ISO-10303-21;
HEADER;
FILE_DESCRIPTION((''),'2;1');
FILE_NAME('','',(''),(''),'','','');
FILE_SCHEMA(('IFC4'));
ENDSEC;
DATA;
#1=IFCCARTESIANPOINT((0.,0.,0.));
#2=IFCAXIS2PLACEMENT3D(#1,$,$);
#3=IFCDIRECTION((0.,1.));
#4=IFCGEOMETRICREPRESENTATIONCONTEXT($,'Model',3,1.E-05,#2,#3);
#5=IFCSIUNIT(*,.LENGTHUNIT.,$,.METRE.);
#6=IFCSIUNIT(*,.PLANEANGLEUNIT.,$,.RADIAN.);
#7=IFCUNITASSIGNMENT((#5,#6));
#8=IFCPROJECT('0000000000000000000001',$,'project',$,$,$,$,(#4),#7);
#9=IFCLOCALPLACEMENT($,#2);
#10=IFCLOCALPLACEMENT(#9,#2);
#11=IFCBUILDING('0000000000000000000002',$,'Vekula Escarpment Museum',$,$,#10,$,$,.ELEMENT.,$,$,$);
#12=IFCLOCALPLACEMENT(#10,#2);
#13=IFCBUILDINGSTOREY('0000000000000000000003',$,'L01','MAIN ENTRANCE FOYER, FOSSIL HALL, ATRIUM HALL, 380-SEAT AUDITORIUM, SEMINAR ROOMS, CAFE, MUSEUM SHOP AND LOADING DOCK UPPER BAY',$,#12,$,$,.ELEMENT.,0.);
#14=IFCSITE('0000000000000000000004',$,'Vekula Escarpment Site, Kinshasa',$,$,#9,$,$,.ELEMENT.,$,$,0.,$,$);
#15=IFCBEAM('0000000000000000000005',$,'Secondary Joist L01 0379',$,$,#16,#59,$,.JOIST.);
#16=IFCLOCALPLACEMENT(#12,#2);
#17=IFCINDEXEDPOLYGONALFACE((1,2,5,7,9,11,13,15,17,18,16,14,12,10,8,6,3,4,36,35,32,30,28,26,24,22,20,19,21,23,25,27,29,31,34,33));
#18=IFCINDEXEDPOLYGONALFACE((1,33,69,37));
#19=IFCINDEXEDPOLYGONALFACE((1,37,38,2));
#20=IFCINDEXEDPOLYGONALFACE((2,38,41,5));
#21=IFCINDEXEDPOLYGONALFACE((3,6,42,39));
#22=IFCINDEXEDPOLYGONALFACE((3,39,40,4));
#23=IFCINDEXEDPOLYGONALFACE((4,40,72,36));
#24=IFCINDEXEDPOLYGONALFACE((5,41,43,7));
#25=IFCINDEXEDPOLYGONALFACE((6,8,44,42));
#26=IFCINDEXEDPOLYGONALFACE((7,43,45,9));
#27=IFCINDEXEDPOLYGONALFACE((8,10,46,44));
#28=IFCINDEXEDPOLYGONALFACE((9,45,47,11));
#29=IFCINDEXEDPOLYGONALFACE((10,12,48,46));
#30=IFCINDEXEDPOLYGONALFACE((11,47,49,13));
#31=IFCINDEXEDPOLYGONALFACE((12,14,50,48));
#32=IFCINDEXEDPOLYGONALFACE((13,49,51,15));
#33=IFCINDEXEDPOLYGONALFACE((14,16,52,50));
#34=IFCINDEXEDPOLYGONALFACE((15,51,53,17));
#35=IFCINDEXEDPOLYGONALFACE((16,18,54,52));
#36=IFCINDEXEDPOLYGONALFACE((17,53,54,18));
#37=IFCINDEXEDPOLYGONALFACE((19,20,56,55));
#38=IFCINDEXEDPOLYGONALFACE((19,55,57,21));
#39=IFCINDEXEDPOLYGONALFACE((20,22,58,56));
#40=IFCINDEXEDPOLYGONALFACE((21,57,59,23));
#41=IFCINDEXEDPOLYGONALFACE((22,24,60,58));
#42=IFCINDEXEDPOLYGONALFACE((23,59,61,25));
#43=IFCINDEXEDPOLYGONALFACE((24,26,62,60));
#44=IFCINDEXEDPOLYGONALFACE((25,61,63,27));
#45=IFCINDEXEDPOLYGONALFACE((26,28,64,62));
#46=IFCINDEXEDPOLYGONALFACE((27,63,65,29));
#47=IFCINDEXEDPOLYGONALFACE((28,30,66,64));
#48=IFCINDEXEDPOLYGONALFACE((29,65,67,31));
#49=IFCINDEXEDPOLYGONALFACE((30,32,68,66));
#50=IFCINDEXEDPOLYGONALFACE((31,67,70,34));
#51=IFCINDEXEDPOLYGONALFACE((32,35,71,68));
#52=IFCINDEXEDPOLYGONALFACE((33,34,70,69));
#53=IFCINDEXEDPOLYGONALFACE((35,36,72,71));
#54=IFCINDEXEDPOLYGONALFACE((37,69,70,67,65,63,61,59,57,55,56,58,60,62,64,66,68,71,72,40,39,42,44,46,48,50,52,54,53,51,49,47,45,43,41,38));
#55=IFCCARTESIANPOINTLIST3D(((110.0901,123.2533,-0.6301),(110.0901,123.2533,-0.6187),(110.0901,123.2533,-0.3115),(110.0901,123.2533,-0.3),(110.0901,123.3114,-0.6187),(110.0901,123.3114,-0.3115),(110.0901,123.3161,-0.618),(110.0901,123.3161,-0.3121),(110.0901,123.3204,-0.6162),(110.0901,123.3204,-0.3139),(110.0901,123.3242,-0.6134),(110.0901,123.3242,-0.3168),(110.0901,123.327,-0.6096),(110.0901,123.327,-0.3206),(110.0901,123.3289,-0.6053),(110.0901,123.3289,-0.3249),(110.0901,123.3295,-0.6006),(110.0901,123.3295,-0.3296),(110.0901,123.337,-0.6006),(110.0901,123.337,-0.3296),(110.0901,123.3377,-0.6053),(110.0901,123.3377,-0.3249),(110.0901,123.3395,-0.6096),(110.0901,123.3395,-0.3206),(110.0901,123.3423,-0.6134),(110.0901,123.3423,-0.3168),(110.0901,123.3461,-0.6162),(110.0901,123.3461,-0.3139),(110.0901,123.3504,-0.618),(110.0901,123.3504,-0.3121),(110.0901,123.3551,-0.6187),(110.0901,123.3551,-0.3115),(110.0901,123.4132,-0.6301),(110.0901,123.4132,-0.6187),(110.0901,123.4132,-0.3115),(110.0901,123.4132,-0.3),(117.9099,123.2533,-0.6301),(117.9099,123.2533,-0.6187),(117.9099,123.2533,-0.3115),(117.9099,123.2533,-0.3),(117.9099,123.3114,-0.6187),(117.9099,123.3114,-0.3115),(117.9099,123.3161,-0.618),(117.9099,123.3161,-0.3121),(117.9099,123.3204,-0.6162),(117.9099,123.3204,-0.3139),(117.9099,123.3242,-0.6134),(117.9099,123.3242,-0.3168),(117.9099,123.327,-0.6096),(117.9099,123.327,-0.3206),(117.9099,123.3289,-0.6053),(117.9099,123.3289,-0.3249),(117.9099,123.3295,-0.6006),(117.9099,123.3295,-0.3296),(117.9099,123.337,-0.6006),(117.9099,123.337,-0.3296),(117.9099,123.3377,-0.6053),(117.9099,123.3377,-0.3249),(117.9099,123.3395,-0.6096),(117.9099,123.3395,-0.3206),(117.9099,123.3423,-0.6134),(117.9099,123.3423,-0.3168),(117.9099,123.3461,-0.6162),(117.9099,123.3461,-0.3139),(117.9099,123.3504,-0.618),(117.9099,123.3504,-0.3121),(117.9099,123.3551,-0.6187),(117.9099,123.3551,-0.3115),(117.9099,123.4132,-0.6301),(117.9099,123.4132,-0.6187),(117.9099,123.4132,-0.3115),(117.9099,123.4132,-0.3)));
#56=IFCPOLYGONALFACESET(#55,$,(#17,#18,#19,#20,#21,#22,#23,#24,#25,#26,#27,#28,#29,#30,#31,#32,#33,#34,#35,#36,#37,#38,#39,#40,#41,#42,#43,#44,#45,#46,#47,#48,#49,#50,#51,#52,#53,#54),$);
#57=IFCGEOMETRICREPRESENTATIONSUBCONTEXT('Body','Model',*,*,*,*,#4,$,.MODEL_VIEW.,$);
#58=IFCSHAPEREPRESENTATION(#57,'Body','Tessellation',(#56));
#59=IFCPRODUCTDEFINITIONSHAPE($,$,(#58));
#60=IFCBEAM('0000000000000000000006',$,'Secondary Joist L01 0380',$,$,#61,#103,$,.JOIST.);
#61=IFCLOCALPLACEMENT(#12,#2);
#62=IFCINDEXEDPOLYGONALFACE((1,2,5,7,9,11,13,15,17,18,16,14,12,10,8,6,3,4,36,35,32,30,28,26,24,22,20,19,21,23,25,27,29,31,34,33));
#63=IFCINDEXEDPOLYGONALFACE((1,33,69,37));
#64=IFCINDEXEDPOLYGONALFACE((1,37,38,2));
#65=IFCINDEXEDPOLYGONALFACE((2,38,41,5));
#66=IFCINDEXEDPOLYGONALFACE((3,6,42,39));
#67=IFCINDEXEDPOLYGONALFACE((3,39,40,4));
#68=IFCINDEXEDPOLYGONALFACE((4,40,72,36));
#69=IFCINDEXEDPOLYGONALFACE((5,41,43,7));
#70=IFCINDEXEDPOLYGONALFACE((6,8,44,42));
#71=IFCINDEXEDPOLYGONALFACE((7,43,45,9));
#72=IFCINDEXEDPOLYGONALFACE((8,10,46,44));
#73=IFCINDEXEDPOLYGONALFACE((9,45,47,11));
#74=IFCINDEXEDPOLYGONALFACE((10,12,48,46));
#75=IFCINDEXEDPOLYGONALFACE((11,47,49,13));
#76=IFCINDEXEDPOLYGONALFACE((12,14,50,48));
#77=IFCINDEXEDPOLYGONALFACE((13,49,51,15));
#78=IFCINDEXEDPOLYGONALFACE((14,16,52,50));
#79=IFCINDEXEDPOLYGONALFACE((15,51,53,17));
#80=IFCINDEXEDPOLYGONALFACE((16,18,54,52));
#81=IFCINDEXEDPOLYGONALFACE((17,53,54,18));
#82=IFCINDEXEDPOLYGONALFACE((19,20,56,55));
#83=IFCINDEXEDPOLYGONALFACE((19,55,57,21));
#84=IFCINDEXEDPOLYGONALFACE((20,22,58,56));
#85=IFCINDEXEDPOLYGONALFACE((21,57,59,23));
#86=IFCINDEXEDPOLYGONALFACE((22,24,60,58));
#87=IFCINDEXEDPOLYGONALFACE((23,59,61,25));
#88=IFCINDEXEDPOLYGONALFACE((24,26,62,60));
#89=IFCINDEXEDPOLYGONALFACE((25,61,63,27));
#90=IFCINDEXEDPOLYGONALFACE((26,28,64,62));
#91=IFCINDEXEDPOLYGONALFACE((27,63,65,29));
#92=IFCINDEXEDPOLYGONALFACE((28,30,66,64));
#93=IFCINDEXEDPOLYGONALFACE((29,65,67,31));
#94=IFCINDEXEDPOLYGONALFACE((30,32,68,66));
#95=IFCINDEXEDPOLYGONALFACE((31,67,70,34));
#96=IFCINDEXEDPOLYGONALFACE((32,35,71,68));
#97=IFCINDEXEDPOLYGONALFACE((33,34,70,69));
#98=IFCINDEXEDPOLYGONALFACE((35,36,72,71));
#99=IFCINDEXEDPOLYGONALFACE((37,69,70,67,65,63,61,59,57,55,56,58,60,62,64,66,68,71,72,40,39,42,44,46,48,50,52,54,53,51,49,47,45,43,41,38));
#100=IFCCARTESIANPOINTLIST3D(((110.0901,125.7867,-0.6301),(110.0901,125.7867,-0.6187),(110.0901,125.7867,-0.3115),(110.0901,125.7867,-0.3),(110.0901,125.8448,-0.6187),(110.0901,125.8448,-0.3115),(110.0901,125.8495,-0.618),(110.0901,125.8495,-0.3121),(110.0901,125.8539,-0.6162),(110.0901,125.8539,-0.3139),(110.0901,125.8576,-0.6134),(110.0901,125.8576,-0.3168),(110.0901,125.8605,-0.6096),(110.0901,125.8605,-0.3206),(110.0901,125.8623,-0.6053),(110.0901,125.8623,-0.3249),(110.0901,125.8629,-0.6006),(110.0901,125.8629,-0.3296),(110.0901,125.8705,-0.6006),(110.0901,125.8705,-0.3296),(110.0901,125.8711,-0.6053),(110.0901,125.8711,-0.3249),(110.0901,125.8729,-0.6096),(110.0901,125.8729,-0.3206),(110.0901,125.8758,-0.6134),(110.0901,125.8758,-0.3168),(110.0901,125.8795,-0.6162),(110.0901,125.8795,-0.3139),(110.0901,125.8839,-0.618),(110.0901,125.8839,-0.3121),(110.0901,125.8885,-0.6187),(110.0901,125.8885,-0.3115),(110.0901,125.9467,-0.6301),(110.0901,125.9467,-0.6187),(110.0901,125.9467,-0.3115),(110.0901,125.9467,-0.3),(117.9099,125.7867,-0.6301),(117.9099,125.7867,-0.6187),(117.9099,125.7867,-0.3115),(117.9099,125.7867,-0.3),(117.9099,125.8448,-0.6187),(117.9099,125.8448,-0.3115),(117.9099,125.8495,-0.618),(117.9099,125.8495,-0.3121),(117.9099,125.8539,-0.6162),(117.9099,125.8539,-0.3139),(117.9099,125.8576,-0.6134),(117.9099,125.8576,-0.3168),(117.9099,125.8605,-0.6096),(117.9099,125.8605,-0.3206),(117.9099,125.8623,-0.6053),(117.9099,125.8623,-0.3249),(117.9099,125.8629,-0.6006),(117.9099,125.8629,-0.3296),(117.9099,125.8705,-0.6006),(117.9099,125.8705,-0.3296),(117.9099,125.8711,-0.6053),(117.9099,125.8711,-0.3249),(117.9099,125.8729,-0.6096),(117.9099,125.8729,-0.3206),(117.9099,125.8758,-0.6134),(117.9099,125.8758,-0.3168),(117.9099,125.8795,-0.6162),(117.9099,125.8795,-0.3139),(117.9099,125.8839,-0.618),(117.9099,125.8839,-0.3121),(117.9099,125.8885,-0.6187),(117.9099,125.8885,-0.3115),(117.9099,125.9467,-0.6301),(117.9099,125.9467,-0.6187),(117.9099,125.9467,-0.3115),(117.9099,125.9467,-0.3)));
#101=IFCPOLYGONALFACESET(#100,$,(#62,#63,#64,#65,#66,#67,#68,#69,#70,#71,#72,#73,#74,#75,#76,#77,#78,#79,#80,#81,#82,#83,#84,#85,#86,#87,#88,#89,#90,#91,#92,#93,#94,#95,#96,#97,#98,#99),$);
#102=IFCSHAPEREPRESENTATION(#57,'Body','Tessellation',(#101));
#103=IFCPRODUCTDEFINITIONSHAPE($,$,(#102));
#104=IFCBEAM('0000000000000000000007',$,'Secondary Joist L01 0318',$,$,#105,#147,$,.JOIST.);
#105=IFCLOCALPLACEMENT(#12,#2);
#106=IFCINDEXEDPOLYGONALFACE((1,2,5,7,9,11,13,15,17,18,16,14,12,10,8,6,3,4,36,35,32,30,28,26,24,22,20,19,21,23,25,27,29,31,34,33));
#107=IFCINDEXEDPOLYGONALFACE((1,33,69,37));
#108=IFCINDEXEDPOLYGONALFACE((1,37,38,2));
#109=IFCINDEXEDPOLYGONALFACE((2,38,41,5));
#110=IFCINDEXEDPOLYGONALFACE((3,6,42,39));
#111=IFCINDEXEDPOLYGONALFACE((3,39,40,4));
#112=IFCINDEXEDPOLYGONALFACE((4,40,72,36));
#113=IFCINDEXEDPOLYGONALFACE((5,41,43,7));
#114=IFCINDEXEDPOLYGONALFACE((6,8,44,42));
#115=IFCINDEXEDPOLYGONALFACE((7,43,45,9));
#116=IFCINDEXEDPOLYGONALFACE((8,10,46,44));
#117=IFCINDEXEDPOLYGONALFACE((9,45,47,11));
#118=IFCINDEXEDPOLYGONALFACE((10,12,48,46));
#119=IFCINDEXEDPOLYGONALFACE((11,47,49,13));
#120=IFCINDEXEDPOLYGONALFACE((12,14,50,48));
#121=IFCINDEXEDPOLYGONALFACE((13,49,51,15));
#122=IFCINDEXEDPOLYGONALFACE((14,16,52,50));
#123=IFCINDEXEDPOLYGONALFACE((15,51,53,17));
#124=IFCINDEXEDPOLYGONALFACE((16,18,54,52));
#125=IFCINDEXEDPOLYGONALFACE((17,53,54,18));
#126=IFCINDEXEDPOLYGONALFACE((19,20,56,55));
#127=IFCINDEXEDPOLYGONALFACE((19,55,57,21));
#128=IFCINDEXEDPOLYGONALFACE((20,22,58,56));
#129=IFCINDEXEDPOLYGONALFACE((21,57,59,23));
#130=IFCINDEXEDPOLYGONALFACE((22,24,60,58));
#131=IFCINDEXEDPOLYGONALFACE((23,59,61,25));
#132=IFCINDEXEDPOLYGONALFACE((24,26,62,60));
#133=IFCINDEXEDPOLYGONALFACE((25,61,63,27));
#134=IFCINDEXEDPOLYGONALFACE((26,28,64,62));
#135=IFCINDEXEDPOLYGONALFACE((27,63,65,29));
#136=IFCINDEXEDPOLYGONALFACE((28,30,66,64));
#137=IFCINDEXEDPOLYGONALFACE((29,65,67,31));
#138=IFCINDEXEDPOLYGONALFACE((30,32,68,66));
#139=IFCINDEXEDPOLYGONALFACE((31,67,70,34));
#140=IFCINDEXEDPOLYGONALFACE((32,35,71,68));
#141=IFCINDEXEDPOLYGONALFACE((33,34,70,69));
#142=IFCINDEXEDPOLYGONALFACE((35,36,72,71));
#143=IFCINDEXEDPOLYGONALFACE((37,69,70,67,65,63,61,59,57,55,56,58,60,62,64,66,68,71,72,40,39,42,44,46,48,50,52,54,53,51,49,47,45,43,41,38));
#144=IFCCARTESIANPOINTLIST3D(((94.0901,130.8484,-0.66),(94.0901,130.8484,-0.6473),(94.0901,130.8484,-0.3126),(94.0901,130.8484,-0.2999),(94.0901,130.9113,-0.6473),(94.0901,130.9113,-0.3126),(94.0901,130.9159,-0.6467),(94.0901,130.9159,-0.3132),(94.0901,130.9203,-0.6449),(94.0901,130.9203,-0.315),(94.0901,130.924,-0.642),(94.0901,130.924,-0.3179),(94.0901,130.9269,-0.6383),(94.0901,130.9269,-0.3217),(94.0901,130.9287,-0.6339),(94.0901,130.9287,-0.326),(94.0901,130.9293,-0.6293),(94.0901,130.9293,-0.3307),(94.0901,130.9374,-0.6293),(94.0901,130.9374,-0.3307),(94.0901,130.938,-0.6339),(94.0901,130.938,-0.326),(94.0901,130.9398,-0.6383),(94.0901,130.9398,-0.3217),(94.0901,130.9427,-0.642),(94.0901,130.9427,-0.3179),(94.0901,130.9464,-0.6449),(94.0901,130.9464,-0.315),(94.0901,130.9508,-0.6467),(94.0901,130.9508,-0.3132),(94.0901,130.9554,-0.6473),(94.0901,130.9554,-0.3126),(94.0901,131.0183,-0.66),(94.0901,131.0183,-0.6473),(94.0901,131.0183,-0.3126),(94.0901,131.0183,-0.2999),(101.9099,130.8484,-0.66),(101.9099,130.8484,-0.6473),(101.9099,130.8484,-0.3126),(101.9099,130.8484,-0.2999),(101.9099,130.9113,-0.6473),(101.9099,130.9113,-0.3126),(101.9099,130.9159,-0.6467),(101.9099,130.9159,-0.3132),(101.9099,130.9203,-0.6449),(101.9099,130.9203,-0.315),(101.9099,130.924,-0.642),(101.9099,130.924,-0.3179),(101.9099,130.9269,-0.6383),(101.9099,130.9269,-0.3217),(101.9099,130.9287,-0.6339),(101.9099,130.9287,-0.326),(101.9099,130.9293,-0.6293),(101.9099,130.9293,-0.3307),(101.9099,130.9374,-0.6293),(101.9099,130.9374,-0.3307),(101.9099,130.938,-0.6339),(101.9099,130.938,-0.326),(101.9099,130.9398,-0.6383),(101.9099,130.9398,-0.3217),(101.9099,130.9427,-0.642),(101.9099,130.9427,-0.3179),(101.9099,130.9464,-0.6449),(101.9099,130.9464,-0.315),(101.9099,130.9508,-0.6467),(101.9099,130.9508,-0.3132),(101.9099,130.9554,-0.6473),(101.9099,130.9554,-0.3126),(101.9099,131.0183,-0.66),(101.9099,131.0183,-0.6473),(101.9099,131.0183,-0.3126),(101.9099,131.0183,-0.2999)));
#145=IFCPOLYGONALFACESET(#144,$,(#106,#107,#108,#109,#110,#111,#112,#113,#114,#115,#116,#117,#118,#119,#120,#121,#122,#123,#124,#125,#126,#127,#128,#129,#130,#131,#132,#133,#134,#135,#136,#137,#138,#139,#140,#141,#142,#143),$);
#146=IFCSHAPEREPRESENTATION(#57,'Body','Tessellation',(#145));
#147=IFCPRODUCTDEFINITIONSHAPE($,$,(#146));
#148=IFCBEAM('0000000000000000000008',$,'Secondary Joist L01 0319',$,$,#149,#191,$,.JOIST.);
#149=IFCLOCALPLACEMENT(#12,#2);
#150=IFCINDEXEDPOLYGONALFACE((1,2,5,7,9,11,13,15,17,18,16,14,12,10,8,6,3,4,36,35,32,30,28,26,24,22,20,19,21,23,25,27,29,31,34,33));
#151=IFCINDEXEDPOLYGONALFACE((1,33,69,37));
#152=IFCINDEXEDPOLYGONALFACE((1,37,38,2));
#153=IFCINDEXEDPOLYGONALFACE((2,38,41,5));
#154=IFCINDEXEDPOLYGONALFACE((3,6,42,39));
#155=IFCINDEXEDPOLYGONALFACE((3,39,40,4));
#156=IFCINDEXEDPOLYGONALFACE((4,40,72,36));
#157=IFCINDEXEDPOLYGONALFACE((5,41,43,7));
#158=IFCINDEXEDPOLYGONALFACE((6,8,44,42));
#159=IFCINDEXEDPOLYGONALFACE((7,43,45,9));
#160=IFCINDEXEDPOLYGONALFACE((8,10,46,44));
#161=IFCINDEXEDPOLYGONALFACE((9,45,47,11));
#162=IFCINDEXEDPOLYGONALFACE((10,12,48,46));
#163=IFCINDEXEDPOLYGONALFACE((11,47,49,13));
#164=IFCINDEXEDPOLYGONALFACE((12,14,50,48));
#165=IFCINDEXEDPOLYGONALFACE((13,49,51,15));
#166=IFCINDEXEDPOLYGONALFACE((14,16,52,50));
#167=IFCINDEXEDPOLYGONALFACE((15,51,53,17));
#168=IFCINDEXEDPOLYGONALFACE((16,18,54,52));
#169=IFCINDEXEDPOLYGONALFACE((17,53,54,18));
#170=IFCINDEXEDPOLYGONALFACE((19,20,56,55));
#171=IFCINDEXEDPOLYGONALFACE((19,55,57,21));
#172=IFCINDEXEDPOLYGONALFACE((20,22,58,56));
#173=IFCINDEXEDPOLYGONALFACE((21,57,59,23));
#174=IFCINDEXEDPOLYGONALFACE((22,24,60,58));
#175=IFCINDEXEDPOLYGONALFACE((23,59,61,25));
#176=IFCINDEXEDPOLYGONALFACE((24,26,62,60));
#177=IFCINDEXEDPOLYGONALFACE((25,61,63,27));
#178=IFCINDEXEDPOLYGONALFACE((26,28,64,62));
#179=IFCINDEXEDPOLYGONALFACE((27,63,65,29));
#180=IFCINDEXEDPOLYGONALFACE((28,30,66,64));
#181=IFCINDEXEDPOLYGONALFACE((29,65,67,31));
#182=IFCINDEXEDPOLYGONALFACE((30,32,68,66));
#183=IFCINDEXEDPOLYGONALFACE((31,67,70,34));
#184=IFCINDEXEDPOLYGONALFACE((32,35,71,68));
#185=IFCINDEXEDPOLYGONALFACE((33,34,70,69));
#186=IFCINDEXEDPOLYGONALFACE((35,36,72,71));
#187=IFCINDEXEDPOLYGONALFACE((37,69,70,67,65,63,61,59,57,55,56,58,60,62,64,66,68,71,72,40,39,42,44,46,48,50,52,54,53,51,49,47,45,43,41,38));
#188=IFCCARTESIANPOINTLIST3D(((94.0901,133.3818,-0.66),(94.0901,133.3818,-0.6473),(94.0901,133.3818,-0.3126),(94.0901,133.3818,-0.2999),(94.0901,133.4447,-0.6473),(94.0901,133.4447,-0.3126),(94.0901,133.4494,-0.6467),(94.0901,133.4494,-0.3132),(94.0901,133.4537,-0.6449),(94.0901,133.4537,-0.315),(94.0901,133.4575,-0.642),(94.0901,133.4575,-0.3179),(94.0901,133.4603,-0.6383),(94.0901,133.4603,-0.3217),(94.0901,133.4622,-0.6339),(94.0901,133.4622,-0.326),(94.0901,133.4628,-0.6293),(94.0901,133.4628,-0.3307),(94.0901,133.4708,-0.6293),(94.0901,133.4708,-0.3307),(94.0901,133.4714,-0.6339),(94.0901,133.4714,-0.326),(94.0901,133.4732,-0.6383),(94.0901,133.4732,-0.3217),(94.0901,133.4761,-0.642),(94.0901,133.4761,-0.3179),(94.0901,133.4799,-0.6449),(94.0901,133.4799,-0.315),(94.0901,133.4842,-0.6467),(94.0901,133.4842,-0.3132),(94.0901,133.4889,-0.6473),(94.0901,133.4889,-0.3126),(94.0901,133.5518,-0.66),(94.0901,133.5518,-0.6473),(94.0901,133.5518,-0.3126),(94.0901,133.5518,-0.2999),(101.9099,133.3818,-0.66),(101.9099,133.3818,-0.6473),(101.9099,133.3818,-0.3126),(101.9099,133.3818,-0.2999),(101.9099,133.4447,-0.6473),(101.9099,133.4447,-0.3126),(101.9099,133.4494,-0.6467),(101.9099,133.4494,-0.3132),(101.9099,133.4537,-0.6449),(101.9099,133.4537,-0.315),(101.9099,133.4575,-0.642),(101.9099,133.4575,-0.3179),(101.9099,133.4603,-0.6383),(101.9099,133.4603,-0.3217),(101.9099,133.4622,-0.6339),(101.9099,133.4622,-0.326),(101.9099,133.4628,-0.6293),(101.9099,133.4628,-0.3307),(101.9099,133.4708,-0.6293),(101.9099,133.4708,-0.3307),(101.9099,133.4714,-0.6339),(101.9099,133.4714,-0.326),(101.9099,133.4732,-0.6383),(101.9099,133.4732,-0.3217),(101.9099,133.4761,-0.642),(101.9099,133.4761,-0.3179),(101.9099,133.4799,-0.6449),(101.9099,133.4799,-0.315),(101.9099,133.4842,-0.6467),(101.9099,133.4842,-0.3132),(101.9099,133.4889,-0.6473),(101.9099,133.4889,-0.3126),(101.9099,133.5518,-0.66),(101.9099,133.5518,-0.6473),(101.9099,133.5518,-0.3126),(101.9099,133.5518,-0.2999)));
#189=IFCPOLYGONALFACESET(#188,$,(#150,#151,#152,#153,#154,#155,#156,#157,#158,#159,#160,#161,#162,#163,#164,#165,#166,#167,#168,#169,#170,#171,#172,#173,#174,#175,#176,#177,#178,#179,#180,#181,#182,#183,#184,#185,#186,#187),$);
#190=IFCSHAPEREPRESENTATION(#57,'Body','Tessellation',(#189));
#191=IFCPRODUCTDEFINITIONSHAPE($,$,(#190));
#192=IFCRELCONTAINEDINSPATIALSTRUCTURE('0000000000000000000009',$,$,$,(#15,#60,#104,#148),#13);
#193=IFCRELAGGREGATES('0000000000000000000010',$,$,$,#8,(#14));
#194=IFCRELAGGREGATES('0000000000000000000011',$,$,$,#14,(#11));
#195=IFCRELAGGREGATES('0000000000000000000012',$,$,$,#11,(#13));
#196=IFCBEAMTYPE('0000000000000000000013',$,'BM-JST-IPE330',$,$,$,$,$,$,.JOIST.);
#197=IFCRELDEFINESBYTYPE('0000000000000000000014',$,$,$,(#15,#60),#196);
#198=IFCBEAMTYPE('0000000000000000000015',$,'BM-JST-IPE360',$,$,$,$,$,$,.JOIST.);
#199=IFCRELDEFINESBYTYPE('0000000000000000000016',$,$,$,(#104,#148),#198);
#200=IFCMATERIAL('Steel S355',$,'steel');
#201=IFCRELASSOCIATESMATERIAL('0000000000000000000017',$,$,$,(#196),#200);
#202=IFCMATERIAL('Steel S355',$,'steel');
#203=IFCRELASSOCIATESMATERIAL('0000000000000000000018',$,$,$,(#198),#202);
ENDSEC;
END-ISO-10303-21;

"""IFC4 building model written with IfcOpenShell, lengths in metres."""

from ifc_helpers import new_model, si_unit, direction, frame, origin, origin_2d, place, context, subcontext, project, spatial, i_section, extrude, material, material_profile, profile_set, type_object, element, save


model = new_model("IFC4")

# Units and contexts
model_context = context("Model", 3, precision=1e-05, world=origin(), true_north=direction((0.0, 1.0)))
body_context = subcontext(model_context, "Body", "Model", "MODEL_VIEW")
ifc_project = project(units=[si_unit("LENGTHUNIT", "METRE"), si_unit("PLANEANGLEUNIT", "RADIAN")], contexts=[model_context])

# Site, building, storey
site_placement = place(None, origin())
site = spatial("IfcSite", under=ifc_project, at=site_placement, Name="Vekula Escarpment Site, Kinshasa", CompositionType="ELEMENT", RefElevation=0.0)
building_placement = place(site_placement, origin())
building = spatial("IfcBuilding", under=site, at=building_placement, Name="Vekula Escarpment Museum", CompositionType="ELEMENT")
storey_placement = place(building_placement, origin())
storey = spatial("IfcBuildingStorey", under=building, at=storey_placement, Name="L01", Description="MAIN ENTRANCE FOYER, FOSSIL HALL, ATRIUM HALL, 380-SEAT AUDITORIUM, SEMINAR ROOMS, CAFE, MUSEUM SHOP AND LOADING DOCK UPPER BAY", CompositionType="ELEMENT", Elevation=0.0)

# Beams
ifc_material_1 = material(Name="Steel S355", Category="steel")
ifc_material_profile_1 = material_profile(ifc_material_1, i_section(OverallWidth=0.1599, OverallDepth=0.3301, WebThickness=0.0076, FlangeThickness=0.0115, FilletRadius=0.0181, at=origin_2d()), Name="IPE 330")
ifc_profile_set_1 = profile_set([ifc_material_profile_1], Name="Steel S355")
beam_type_1 = type_object("IfcBeamType", Name="BM-JST-IPE330", PredefinedType="JOIST", material=ifc_profile_set_1)
for number, where, z_axis, x_axis, name in (
    (1, (110.0901, 123.3333, -0.4651), (1.0, 0.0, 0.0), (0.0, 1.0, 0.0), "Secondary Joist L01 0379"),
    (2, (110.0901, 125.8667, -0.4651), (1.0, 0.0, 0.0), (0.0, 1.0, 0.0), "Secondary Joist L01 0380"),
):
    element("IfcBeam", number, at=place(storey_placement, frame(where, z_axis=z_axis, x_axis=x_axis)), inside=storey, type_object=beam_type_1, Name=name, PredefinedType="JOIST", context=body_context, shape_type="SweptSolid", body=[
        extrude(i_section(OverallWidth=0.1599, OverallDepth=0.3301, WebThickness=0.0076, FlangeThickness=0.0115, FilletRadius=0.0181, at=origin_2d()), origin(), (0.0, 0.0, 1.0), 7.8198),
    ])
ifc_material_2 = material(Name="Steel S355", Category="steel")
ifc_material_profile_2 = material_profile(ifc_material_2, i_section(OverallWidth=0.1699, OverallDepth=0.3601, WebThickness=0.0081, FlangeThickness=0.0127, FilletRadius=0.0181, at=origin_2d()), Name="IPE 360")
ifc_profile_set_2 = profile_set([ifc_material_profile_2], Name="Steel S355")
beam_type_2 = type_object("IfcBeamType", Name="BM-JST-IPE360", PredefinedType="JOIST", material=ifc_profile_set_2)
for number, where, z_axis, x_axis, name in (
    (3, (94.0901, 130.9333, -0.48), (1.0, 0.0, 0.0), (0.0, 1.0, 0.0), "Secondary Joist L01 0318"),
    (4, (94.0901, 133.4668, -0.48), (1.0, 0.0, 0.0), (0.0, 1.0, 0.0), "Secondary Joist L01 0319"),
):
    element("IfcBeam", number, at=place(storey_placement, frame(where, z_axis=z_axis, x_axis=x_axis)), inside=storey, type_object=beam_type_2, Name=name, PredefinedType="JOIST", context=body_context, shape_type="SweptSolid", body=[
        extrude(i_section(OverallWidth=0.1699, OverallDepth=0.3601, WebThickness=0.0081, FlangeThickness=0.0127, FilletRadius=0.0181, at=origin_2d()), origin(), (0.0, 0.0, 1.0), 7.8198),
    ])

save(model, "model.ifc")
